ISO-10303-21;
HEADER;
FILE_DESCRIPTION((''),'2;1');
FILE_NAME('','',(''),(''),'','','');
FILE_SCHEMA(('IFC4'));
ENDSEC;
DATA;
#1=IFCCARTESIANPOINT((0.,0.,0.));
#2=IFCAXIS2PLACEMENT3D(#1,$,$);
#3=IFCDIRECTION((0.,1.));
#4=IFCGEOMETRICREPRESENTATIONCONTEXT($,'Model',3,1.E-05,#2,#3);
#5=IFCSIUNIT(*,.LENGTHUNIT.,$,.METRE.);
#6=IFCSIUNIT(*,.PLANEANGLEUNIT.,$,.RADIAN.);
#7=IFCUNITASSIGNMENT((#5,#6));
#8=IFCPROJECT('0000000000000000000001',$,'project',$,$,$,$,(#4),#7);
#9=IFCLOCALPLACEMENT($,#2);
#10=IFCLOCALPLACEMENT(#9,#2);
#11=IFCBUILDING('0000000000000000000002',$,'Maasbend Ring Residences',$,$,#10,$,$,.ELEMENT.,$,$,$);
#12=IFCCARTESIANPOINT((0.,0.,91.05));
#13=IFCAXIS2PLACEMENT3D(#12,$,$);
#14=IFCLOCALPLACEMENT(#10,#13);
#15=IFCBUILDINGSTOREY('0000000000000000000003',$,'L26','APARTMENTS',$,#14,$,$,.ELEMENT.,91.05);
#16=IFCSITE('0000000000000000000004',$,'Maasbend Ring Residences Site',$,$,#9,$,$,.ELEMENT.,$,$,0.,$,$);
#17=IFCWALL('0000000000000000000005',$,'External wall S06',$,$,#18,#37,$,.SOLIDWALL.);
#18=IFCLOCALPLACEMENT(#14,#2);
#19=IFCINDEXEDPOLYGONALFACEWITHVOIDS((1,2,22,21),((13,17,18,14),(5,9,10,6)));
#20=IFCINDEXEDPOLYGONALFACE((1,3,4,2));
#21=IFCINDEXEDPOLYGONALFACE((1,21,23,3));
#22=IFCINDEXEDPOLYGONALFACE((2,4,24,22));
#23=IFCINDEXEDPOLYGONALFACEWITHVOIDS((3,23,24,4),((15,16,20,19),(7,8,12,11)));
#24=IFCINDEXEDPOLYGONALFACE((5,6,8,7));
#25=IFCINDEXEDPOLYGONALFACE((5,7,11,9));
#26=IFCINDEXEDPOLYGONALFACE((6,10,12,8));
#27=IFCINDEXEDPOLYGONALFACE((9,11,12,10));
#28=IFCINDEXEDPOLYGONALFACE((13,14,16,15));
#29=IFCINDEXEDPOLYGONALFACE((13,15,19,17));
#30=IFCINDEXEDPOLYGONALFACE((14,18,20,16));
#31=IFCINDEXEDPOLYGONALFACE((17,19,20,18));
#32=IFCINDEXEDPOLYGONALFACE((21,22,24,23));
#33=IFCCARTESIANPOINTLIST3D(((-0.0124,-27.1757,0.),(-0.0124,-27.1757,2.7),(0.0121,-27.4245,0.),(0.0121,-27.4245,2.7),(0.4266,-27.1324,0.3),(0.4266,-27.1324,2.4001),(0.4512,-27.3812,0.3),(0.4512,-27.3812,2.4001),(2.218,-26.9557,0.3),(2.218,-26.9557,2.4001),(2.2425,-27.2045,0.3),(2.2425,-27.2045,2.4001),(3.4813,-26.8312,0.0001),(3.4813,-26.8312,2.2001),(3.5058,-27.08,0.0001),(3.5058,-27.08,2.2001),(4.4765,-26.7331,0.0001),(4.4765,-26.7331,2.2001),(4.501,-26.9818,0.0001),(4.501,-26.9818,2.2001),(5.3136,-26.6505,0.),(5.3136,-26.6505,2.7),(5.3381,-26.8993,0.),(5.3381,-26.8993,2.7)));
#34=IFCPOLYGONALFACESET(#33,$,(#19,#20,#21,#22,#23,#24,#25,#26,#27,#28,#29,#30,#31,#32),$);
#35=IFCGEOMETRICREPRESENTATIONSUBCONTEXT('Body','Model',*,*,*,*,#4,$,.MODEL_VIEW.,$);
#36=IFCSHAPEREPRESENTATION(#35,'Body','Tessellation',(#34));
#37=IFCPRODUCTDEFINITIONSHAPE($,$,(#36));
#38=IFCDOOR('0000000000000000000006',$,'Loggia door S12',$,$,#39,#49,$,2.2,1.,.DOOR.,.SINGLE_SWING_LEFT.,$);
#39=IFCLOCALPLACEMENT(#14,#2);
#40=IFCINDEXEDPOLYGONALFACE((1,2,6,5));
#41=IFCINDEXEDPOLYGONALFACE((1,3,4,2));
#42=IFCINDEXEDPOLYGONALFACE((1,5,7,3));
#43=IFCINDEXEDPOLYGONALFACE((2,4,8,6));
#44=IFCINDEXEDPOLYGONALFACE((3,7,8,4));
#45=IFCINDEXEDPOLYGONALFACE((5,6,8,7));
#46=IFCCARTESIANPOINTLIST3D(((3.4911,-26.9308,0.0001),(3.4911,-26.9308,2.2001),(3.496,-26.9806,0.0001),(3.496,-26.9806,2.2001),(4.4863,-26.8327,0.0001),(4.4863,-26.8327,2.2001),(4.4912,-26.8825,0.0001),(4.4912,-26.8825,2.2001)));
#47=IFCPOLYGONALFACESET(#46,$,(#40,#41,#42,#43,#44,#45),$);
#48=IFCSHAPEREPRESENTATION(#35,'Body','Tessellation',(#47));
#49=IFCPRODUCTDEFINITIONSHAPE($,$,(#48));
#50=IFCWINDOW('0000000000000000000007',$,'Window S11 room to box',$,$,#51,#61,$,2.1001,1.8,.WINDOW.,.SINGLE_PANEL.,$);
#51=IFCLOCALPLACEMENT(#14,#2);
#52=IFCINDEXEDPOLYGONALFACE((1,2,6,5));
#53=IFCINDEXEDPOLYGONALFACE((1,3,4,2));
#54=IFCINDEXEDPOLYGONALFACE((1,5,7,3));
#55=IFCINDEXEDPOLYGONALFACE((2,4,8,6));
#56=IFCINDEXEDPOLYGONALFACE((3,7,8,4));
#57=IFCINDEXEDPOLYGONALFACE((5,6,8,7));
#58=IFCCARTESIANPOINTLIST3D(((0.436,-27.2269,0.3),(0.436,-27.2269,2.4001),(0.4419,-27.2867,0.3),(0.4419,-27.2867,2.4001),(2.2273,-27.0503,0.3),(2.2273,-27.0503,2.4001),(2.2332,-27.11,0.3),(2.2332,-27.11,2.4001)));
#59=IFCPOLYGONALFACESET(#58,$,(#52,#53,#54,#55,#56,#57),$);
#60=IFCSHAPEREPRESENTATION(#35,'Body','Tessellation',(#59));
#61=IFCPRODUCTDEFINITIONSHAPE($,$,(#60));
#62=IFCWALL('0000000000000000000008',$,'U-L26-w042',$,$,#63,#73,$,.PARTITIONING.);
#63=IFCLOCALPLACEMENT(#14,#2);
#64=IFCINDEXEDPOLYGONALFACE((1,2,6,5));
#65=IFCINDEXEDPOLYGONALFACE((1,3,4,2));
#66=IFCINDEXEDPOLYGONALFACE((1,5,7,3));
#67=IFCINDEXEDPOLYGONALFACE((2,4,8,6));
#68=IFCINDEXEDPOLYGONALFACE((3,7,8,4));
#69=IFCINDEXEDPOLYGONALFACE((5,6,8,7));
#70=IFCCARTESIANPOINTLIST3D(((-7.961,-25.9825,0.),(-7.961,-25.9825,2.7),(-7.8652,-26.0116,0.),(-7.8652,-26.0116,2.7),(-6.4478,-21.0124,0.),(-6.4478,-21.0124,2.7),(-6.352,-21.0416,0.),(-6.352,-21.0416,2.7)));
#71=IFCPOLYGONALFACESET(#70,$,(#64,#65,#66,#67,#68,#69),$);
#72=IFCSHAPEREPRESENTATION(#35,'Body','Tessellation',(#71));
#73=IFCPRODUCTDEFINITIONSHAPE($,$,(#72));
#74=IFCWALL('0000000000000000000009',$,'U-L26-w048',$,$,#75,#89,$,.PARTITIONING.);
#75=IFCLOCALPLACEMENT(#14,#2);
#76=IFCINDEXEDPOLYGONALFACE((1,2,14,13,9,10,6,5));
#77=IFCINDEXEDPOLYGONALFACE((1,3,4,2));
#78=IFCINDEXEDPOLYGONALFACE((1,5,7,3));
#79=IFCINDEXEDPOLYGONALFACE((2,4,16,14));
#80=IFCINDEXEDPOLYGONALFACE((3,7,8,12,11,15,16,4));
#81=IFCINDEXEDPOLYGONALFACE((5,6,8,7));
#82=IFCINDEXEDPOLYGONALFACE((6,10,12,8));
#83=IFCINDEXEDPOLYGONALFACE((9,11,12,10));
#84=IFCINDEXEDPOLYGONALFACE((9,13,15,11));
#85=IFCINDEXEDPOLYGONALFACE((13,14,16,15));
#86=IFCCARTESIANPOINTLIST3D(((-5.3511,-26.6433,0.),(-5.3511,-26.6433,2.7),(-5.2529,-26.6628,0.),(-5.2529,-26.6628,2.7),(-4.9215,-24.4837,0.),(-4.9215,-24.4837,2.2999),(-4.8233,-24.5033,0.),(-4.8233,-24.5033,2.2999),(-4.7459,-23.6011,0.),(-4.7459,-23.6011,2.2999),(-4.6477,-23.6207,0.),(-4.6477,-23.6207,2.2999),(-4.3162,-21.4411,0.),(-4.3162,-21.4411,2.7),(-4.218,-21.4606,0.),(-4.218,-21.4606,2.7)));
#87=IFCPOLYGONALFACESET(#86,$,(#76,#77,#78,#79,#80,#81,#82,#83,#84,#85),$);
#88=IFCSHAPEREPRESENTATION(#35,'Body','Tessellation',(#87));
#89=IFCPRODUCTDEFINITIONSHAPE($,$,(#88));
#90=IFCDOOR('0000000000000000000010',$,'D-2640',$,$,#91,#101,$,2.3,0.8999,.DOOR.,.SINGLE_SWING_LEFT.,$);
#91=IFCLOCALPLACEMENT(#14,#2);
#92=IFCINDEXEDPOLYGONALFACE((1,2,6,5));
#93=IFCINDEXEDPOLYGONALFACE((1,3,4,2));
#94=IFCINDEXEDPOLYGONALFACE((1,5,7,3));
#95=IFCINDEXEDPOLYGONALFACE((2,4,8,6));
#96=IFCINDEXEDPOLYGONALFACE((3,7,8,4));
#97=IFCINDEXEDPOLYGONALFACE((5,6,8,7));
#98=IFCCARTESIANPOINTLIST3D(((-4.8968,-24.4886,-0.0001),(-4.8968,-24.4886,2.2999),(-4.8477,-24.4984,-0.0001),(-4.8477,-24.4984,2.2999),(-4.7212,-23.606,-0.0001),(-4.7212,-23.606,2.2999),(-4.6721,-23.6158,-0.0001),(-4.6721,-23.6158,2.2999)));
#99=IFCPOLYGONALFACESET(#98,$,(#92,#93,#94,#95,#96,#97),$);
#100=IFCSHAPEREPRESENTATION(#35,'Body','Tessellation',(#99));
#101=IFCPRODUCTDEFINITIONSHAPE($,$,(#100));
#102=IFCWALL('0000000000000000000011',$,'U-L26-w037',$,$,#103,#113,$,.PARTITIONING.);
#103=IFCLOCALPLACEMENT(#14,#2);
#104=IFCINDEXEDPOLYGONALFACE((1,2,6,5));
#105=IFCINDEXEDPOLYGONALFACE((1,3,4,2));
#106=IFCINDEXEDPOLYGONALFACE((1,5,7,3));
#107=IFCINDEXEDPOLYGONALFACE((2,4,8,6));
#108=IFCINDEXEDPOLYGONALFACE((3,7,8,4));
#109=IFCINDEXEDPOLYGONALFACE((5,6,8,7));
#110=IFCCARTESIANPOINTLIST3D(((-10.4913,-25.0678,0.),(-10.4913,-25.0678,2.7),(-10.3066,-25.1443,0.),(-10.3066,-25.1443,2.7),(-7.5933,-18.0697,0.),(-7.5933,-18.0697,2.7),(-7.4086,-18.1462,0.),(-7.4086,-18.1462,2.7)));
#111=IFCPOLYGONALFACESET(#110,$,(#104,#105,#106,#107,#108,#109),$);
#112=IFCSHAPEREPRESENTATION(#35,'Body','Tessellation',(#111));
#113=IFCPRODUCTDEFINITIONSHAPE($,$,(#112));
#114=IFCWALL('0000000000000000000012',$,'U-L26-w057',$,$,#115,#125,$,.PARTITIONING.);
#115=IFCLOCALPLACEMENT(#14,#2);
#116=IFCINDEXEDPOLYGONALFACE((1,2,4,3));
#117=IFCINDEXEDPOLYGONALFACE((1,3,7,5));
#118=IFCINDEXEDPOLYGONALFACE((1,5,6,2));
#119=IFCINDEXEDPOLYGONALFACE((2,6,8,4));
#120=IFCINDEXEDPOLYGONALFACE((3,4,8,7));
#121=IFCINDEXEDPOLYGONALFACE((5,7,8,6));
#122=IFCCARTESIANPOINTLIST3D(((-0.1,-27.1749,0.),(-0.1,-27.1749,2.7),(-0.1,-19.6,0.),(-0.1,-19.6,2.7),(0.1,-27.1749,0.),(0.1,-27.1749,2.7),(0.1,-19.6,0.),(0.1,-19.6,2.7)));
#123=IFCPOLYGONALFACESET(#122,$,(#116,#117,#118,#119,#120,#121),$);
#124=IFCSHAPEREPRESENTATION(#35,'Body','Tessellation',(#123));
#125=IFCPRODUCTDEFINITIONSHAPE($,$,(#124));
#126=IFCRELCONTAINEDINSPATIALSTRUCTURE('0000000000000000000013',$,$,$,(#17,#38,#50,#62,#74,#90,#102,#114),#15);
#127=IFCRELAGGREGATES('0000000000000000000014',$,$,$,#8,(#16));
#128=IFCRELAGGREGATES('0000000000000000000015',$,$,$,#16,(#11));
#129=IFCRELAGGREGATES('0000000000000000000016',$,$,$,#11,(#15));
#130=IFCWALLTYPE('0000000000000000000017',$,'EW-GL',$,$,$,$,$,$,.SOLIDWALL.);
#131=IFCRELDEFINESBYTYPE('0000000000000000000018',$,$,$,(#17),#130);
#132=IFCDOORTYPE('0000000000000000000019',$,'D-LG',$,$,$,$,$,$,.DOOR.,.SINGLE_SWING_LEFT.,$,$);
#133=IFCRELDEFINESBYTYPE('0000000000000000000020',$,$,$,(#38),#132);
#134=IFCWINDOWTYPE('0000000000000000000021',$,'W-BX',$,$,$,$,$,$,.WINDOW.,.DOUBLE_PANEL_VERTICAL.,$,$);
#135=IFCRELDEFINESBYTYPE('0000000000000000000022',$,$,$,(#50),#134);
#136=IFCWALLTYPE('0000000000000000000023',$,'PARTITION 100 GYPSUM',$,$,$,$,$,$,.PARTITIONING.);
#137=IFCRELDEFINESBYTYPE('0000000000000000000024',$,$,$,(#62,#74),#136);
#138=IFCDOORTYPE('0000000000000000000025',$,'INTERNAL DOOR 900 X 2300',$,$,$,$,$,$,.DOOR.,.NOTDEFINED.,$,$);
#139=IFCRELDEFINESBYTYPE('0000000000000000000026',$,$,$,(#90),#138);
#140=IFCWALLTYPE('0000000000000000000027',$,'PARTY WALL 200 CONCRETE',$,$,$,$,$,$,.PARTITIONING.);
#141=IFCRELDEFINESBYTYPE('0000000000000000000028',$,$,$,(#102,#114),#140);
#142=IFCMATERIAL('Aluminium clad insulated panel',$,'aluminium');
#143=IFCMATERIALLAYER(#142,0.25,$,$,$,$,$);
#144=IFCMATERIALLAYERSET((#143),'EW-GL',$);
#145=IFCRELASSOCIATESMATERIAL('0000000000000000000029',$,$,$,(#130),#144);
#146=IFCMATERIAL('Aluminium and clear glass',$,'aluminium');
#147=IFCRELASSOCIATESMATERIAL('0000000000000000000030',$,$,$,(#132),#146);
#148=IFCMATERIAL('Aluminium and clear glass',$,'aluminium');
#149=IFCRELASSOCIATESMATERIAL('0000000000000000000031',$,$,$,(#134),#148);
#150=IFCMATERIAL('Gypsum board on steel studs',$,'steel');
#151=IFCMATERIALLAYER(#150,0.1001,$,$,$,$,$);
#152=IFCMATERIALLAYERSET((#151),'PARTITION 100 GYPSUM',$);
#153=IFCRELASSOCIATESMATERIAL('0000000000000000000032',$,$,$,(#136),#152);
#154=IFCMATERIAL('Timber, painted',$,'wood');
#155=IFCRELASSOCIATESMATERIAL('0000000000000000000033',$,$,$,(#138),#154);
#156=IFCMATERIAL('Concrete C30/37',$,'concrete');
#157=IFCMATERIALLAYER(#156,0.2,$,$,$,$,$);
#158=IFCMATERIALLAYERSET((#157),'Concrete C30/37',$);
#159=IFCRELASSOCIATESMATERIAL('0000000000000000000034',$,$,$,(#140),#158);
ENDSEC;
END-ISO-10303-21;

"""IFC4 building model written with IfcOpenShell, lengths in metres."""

from ifc_helpers import new_model, si_unit, direction, frame, frame_2d, origin, place, context, subcontext, project, spatial, rectangle, extrude, material, layer, layer_set, type_object, element, fill, save


model = new_model("IFC4")

# Units and contexts
model_context = context("Model", 3, precision=1e-05, world=origin(), true_north=direction((0.0, 1.0)))
body_context = subcontext(model_context, "Body", "Model", "MODEL_VIEW")
ifc_project = project(units=[si_unit("LENGTHUNIT", "METRE"), si_unit("PLANEANGLEUNIT", "RADIAN")], contexts=[model_context])

# Site, building, storey
site_placement = place(None, origin())
site = spatial("IfcSite", under=ifc_project, at=site_placement, Name="Maasbend Ring Residences Site", CompositionType="ELEMENT", RefElevation=0.0)
building_placement = place(site_placement, origin())
building = spatial("IfcBuilding", under=site, at=building_placement, Name="Maasbend Ring Residences", CompositionType="ELEMENT")
storey_placement = place(building_placement, frame((0.0, 0.0, 91.05)))
storey = spatial("IfcBuildingStorey", under=building, at=storey_placement, Name="L26", Description="APARTMENTS", CompositionType="ELEMENT", Elevation=91.05)

# Wall, openings, door, window
ifc_material_1 = material(Name="Aluminium clad insulated panel", Category="aluminium")
ifc_layer_1 = layer(ifc_material_1, 0.25)
ifc_layer_set_1 = layer_set([ifc_layer_1], Name="EW-GL")
wall_type_1 = type_object("IfcWallType", Name="EW-GL", PredefinedType="SOLIDWALL", material=ifc_layer_set_1)
ifc_material_2 = material(Name="Aluminium and clear glass", Category="aluminium")
door_type_1 = type_object("IfcDoorType", Name="D-LG", OperationType="SINGLE_SWING_LEFT", PredefinedType="DOOR", material=ifc_material_2)
ifc_material_3 = material(Name="Aluminium and clear glass", Category="aluminium")
window_type_1 = type_object("IfcWindowType", Name="W-BX", PartitioningType="DOUBLE_PANEL_VERTICAL", PredefinedType="WINDOW", material=ifc_material_3)
wall_1_placement = place(storey_placement, frame((0.0, -27.3, 0.0), z_axis=(0.0, 0.0, 1.0), x_axis=(0.995174, 0.098126, 0.0)))
wall_1 = element("IfcWall", 1, at=wall_1_placement, inside=storey, type_object=wall_type_1, Name="External wall S06", PredefinedType="SOLIDWALL", context=body_context, shape_type="SweptSolid", body=[
    extrude(rectangle(XDim=5.3518, YDim=0.25, at=frame_2d((2.6758, 0.0))), origin(), (0.0, 0.0, 1.0), 2.7),
])
opening_1_placement = place(wall_1_placement, frame((0.4412, 0.0, 0.3)))
opening_1 = element("IfcOpeningElement", 2, at=opening_1_placement, cuts=wall_1, PredefinedType="OPENING", context=body_context, shape_type="SweptSolid", body=[
    extrude(rectangle(XDim=1.8, YDim=2.1001, at=frame_2d((0.8999, 1.05))), frame((0.0, 0.135, 0.0), z_axis=(0.0, -1.0, 0.0), x_axis=(1.0, 0.0, 0.0)), (0.0, 0.0, 1.0), 0.27),
])
opening_2_placement = place(wall_1_placement, frame((3.5105, 0.0, 0.0)))
opening_2 = element("IfcOpeningElement", 3, at=opening_2_placement, cuts=wall_1, PredefinedType="OPENING", context=body_context, shape_type="SweptSolid", body=[
    extrude(rectangle(XDim=1.0, YDim=2.2, at=frame_2d((0.5, 1.1001))), frame((0.0, 0.135, 0.0), z_axis=(0.0, -1.0, 0.0), x_axis=(1.0, 0.0, 0.0)), (0.0, 0.0, 1.0), 0.27),
])
door_1_placement = place(opening_2_placement, origin())
door_1 = element("IfcDoor", 4, at=door_1_placement, inside=storey, type_object=door_type_1, Name="Loggia door S12", OperationType="SINGLE_SWING_LEFT", OverallHeight=2.2, OverallWidth=1.0, PredefinedType="DOOR", context=body_context, shape_type="SweptSolid", body=[
    extrude(rectangle(XDim=1.0, YDim=2.2, at=frame_2d((0.5, 1.1001))), frame((0.0, 0.0249, 0.0), z_axis=(0.0, -1.0, 0.0), x_axis=(1.0, 0.0, 0.0)), (0.0, 0.0, 1.0), 0.05),
])
fill(opening_2, door_1)
window_1_placement = place(opening_1_placement, origin())
window_1 = element("IfcWindow", 5, at=window_1_placement, inside=storey, type_object=window_type_1, Name="Window S11 room to box", OverallHeight=2.1001, OverallWidth=1.8, PartitioningType="SINGLE_PANEL", PredefinedType="WINDOW", context=body_context, shape_type="SweptSolid", body=[
    extrude(rectangle(XDim=1.8, YDim=2.1001, at=frame_2d((0.8999, 1.05))), frame((0.0, 0.03, 0.0), z_axis=(0.0, -1.0, 0.0), x_axis=(1.0, 0.0, 0.0)), (0.0, 0.0, 1.0), 0.0601),
])
fill(opening_1, window_1)

# Wall
ifc_material_4 = material(Name="Gypsum board on steel studs", Category="steel")
ifc_layer_2 = layer(ifc_material_4, 0.1001)
ifc_layer_set_2 = layer_set([ifc_layer_2], Name="PARTITION 100 GYPSUM")
wall_type_2 = type_object("IfcWallType", Name="PARTITION 100 GYPSUM", PredefinedType="PARTITIONING", material=ifc_layer_set_2)
wall_2_placement = place(storey_placement, frame((-7.9131, -25.9971, 0.0), z_axis=(0.0, 0.0, 1.0), x_axis=(0.291264, 0.956643, 0.0)))
element("IfcWall", 6, at=wall_2_placement, inside=storey, type_object=wall_type_2, Name="U-L26-w042", PredefinedType="PARTITIONING", context=body_context, shape_type="SweptSolid", body=[
    extrude(rectangle(XDim=5.1953, YDim=0.1001, at=frame_2d((2.5977, 0.0))), origin(), (0.0, 0.0, 1.0), 2.7),
])

# Wall, opening, door
wall_3_placement = place(storey_placement, frame((-5.302, -26.6531, 0.0), z_axis=(0.0, 0.0, 1.0), x_axis=(0.195116, 0.98078, 0.0)))
wall_3 = element("IfcWall", 7, at=wall_3_placement, inside=storey, type_object=wall_type_2, Name="U-L26-w048", PredefinedType="PARTITIONING", context=body_context, shape_type="SweptSolid", body=[
    extrude(rectangle(XDim=5.3042, YDim=0.1001, at=frame_2d((2.6521, 0.0))), origin(), (0.0, 0.0, 1.0), 2.7),
])
opening_3_placement = place(wall_3_placement, frame((2.2019, 0.0, 0.0)))
opening_3 = element("IfcOpeningElement", 8, at=opening_3_placement, cuts=wall_3, PredefinedType="OPENING", context=body_context, shape_type="SweptSolid", body=[
    extrude(rectangle(XDim=0.8999, YDim=2.3, at=frame_2d((0.45, 1.1499))), frame((0.0, 0.0601, 0.0), z_axis=(0.0, -1.0, 0.0), x_axis=(1.0, 0.0, 0.0)), (0.0, 0.0, 1.0), 0.1201),
])
ifc_material_5 = material(Name="Timber, painted", Category="wood")
door_type_2 = type_object("IfcDoorType", Name="INTERNAL DOOR 900 X 2300", OperationType="NOTDEFINED", PredefinedType="DOOR", material=ifc_material_5)
door_2_placement = place(opening_3_placement, origin())
door_2 = element("IfcDoor", 9, at=door_2_placement, inside=storey, type_object=door_type_2, Name="D-2640", OperationType="SINGLE_SWING_LEFT", OverallHeight=2.3, OverallWidth=0.8999, PredefinedType="DOOR", context=body_context, shape_type="SweptSolid", body=[
    extrude(rectangle(XDim=0.8999, YDim=2.3, at=frame_2d((0.45, 1.1499))), frame((0.0, 0.0249, 0.0), z_axis=(0.0, -1.0, 0.0), x_axis=(1.0, 0.0, 0.0)), (0.0, 0.0, 1.0), 0.05),
])
fill(opening_3, door_2)

# Walls
ifc_material_6 = material(Name="Concrete C30/37", Category="concrete")
ifc_layer_3 = layer(ifc_material_6, 0.2)
ifc_layer_set_3 = layer_set([ifc_layer_3], Name="Concrete C30/37")
wall_type_3 = type_object("IfcWallType", Name="PARTY WALL 200 CONCRETE", PredefinedType="PARTITIONING", material=ifc_layer_set_3)
wall_4_placement = place(storey_placement, frame((-10.3989, -25.106, 0.0), z_axis=(0.0, 0.0, 1.0), x_axis=(0.3826, 0.923914, 0.0)))
element("IfcWall", 10, at=wall_4_placement, inside=storey, type_object=wall_type_3, Name="U-L26-w037", PredefinedType="PARTITIONING", context=body_context, shape_type="SweptSolid", body=[
    extrude(rectangle(XDim=7.5745, YDim=0.2, at=frame_2d((3.7871, 0.0))), origin(), (0.0, 0.0, 1.0), 2.7),
])
wall_5_placement = place(storey_placement, frame((0.0, -27.175, 0.0), z_axis=(0.0, 0.0, 1.0), x_axis=(0.0, 1.0, 0.0)))
element("IfcWall", 11, at=wall_5_placement, inside=storey, type_object=wall_type_3, Name="U-L26-w057", PredefinedType="PARTITIONING", context=body_context, shape_type="SweptSolid", body=[
    extrude(rectangle(XDim=7.575, YDim=0.2, at=frame_2d((3.7876, 0.0))), origin(), (0.0, 0.0, 1.0), 2.7),
])

save(model, "model.ifc")
